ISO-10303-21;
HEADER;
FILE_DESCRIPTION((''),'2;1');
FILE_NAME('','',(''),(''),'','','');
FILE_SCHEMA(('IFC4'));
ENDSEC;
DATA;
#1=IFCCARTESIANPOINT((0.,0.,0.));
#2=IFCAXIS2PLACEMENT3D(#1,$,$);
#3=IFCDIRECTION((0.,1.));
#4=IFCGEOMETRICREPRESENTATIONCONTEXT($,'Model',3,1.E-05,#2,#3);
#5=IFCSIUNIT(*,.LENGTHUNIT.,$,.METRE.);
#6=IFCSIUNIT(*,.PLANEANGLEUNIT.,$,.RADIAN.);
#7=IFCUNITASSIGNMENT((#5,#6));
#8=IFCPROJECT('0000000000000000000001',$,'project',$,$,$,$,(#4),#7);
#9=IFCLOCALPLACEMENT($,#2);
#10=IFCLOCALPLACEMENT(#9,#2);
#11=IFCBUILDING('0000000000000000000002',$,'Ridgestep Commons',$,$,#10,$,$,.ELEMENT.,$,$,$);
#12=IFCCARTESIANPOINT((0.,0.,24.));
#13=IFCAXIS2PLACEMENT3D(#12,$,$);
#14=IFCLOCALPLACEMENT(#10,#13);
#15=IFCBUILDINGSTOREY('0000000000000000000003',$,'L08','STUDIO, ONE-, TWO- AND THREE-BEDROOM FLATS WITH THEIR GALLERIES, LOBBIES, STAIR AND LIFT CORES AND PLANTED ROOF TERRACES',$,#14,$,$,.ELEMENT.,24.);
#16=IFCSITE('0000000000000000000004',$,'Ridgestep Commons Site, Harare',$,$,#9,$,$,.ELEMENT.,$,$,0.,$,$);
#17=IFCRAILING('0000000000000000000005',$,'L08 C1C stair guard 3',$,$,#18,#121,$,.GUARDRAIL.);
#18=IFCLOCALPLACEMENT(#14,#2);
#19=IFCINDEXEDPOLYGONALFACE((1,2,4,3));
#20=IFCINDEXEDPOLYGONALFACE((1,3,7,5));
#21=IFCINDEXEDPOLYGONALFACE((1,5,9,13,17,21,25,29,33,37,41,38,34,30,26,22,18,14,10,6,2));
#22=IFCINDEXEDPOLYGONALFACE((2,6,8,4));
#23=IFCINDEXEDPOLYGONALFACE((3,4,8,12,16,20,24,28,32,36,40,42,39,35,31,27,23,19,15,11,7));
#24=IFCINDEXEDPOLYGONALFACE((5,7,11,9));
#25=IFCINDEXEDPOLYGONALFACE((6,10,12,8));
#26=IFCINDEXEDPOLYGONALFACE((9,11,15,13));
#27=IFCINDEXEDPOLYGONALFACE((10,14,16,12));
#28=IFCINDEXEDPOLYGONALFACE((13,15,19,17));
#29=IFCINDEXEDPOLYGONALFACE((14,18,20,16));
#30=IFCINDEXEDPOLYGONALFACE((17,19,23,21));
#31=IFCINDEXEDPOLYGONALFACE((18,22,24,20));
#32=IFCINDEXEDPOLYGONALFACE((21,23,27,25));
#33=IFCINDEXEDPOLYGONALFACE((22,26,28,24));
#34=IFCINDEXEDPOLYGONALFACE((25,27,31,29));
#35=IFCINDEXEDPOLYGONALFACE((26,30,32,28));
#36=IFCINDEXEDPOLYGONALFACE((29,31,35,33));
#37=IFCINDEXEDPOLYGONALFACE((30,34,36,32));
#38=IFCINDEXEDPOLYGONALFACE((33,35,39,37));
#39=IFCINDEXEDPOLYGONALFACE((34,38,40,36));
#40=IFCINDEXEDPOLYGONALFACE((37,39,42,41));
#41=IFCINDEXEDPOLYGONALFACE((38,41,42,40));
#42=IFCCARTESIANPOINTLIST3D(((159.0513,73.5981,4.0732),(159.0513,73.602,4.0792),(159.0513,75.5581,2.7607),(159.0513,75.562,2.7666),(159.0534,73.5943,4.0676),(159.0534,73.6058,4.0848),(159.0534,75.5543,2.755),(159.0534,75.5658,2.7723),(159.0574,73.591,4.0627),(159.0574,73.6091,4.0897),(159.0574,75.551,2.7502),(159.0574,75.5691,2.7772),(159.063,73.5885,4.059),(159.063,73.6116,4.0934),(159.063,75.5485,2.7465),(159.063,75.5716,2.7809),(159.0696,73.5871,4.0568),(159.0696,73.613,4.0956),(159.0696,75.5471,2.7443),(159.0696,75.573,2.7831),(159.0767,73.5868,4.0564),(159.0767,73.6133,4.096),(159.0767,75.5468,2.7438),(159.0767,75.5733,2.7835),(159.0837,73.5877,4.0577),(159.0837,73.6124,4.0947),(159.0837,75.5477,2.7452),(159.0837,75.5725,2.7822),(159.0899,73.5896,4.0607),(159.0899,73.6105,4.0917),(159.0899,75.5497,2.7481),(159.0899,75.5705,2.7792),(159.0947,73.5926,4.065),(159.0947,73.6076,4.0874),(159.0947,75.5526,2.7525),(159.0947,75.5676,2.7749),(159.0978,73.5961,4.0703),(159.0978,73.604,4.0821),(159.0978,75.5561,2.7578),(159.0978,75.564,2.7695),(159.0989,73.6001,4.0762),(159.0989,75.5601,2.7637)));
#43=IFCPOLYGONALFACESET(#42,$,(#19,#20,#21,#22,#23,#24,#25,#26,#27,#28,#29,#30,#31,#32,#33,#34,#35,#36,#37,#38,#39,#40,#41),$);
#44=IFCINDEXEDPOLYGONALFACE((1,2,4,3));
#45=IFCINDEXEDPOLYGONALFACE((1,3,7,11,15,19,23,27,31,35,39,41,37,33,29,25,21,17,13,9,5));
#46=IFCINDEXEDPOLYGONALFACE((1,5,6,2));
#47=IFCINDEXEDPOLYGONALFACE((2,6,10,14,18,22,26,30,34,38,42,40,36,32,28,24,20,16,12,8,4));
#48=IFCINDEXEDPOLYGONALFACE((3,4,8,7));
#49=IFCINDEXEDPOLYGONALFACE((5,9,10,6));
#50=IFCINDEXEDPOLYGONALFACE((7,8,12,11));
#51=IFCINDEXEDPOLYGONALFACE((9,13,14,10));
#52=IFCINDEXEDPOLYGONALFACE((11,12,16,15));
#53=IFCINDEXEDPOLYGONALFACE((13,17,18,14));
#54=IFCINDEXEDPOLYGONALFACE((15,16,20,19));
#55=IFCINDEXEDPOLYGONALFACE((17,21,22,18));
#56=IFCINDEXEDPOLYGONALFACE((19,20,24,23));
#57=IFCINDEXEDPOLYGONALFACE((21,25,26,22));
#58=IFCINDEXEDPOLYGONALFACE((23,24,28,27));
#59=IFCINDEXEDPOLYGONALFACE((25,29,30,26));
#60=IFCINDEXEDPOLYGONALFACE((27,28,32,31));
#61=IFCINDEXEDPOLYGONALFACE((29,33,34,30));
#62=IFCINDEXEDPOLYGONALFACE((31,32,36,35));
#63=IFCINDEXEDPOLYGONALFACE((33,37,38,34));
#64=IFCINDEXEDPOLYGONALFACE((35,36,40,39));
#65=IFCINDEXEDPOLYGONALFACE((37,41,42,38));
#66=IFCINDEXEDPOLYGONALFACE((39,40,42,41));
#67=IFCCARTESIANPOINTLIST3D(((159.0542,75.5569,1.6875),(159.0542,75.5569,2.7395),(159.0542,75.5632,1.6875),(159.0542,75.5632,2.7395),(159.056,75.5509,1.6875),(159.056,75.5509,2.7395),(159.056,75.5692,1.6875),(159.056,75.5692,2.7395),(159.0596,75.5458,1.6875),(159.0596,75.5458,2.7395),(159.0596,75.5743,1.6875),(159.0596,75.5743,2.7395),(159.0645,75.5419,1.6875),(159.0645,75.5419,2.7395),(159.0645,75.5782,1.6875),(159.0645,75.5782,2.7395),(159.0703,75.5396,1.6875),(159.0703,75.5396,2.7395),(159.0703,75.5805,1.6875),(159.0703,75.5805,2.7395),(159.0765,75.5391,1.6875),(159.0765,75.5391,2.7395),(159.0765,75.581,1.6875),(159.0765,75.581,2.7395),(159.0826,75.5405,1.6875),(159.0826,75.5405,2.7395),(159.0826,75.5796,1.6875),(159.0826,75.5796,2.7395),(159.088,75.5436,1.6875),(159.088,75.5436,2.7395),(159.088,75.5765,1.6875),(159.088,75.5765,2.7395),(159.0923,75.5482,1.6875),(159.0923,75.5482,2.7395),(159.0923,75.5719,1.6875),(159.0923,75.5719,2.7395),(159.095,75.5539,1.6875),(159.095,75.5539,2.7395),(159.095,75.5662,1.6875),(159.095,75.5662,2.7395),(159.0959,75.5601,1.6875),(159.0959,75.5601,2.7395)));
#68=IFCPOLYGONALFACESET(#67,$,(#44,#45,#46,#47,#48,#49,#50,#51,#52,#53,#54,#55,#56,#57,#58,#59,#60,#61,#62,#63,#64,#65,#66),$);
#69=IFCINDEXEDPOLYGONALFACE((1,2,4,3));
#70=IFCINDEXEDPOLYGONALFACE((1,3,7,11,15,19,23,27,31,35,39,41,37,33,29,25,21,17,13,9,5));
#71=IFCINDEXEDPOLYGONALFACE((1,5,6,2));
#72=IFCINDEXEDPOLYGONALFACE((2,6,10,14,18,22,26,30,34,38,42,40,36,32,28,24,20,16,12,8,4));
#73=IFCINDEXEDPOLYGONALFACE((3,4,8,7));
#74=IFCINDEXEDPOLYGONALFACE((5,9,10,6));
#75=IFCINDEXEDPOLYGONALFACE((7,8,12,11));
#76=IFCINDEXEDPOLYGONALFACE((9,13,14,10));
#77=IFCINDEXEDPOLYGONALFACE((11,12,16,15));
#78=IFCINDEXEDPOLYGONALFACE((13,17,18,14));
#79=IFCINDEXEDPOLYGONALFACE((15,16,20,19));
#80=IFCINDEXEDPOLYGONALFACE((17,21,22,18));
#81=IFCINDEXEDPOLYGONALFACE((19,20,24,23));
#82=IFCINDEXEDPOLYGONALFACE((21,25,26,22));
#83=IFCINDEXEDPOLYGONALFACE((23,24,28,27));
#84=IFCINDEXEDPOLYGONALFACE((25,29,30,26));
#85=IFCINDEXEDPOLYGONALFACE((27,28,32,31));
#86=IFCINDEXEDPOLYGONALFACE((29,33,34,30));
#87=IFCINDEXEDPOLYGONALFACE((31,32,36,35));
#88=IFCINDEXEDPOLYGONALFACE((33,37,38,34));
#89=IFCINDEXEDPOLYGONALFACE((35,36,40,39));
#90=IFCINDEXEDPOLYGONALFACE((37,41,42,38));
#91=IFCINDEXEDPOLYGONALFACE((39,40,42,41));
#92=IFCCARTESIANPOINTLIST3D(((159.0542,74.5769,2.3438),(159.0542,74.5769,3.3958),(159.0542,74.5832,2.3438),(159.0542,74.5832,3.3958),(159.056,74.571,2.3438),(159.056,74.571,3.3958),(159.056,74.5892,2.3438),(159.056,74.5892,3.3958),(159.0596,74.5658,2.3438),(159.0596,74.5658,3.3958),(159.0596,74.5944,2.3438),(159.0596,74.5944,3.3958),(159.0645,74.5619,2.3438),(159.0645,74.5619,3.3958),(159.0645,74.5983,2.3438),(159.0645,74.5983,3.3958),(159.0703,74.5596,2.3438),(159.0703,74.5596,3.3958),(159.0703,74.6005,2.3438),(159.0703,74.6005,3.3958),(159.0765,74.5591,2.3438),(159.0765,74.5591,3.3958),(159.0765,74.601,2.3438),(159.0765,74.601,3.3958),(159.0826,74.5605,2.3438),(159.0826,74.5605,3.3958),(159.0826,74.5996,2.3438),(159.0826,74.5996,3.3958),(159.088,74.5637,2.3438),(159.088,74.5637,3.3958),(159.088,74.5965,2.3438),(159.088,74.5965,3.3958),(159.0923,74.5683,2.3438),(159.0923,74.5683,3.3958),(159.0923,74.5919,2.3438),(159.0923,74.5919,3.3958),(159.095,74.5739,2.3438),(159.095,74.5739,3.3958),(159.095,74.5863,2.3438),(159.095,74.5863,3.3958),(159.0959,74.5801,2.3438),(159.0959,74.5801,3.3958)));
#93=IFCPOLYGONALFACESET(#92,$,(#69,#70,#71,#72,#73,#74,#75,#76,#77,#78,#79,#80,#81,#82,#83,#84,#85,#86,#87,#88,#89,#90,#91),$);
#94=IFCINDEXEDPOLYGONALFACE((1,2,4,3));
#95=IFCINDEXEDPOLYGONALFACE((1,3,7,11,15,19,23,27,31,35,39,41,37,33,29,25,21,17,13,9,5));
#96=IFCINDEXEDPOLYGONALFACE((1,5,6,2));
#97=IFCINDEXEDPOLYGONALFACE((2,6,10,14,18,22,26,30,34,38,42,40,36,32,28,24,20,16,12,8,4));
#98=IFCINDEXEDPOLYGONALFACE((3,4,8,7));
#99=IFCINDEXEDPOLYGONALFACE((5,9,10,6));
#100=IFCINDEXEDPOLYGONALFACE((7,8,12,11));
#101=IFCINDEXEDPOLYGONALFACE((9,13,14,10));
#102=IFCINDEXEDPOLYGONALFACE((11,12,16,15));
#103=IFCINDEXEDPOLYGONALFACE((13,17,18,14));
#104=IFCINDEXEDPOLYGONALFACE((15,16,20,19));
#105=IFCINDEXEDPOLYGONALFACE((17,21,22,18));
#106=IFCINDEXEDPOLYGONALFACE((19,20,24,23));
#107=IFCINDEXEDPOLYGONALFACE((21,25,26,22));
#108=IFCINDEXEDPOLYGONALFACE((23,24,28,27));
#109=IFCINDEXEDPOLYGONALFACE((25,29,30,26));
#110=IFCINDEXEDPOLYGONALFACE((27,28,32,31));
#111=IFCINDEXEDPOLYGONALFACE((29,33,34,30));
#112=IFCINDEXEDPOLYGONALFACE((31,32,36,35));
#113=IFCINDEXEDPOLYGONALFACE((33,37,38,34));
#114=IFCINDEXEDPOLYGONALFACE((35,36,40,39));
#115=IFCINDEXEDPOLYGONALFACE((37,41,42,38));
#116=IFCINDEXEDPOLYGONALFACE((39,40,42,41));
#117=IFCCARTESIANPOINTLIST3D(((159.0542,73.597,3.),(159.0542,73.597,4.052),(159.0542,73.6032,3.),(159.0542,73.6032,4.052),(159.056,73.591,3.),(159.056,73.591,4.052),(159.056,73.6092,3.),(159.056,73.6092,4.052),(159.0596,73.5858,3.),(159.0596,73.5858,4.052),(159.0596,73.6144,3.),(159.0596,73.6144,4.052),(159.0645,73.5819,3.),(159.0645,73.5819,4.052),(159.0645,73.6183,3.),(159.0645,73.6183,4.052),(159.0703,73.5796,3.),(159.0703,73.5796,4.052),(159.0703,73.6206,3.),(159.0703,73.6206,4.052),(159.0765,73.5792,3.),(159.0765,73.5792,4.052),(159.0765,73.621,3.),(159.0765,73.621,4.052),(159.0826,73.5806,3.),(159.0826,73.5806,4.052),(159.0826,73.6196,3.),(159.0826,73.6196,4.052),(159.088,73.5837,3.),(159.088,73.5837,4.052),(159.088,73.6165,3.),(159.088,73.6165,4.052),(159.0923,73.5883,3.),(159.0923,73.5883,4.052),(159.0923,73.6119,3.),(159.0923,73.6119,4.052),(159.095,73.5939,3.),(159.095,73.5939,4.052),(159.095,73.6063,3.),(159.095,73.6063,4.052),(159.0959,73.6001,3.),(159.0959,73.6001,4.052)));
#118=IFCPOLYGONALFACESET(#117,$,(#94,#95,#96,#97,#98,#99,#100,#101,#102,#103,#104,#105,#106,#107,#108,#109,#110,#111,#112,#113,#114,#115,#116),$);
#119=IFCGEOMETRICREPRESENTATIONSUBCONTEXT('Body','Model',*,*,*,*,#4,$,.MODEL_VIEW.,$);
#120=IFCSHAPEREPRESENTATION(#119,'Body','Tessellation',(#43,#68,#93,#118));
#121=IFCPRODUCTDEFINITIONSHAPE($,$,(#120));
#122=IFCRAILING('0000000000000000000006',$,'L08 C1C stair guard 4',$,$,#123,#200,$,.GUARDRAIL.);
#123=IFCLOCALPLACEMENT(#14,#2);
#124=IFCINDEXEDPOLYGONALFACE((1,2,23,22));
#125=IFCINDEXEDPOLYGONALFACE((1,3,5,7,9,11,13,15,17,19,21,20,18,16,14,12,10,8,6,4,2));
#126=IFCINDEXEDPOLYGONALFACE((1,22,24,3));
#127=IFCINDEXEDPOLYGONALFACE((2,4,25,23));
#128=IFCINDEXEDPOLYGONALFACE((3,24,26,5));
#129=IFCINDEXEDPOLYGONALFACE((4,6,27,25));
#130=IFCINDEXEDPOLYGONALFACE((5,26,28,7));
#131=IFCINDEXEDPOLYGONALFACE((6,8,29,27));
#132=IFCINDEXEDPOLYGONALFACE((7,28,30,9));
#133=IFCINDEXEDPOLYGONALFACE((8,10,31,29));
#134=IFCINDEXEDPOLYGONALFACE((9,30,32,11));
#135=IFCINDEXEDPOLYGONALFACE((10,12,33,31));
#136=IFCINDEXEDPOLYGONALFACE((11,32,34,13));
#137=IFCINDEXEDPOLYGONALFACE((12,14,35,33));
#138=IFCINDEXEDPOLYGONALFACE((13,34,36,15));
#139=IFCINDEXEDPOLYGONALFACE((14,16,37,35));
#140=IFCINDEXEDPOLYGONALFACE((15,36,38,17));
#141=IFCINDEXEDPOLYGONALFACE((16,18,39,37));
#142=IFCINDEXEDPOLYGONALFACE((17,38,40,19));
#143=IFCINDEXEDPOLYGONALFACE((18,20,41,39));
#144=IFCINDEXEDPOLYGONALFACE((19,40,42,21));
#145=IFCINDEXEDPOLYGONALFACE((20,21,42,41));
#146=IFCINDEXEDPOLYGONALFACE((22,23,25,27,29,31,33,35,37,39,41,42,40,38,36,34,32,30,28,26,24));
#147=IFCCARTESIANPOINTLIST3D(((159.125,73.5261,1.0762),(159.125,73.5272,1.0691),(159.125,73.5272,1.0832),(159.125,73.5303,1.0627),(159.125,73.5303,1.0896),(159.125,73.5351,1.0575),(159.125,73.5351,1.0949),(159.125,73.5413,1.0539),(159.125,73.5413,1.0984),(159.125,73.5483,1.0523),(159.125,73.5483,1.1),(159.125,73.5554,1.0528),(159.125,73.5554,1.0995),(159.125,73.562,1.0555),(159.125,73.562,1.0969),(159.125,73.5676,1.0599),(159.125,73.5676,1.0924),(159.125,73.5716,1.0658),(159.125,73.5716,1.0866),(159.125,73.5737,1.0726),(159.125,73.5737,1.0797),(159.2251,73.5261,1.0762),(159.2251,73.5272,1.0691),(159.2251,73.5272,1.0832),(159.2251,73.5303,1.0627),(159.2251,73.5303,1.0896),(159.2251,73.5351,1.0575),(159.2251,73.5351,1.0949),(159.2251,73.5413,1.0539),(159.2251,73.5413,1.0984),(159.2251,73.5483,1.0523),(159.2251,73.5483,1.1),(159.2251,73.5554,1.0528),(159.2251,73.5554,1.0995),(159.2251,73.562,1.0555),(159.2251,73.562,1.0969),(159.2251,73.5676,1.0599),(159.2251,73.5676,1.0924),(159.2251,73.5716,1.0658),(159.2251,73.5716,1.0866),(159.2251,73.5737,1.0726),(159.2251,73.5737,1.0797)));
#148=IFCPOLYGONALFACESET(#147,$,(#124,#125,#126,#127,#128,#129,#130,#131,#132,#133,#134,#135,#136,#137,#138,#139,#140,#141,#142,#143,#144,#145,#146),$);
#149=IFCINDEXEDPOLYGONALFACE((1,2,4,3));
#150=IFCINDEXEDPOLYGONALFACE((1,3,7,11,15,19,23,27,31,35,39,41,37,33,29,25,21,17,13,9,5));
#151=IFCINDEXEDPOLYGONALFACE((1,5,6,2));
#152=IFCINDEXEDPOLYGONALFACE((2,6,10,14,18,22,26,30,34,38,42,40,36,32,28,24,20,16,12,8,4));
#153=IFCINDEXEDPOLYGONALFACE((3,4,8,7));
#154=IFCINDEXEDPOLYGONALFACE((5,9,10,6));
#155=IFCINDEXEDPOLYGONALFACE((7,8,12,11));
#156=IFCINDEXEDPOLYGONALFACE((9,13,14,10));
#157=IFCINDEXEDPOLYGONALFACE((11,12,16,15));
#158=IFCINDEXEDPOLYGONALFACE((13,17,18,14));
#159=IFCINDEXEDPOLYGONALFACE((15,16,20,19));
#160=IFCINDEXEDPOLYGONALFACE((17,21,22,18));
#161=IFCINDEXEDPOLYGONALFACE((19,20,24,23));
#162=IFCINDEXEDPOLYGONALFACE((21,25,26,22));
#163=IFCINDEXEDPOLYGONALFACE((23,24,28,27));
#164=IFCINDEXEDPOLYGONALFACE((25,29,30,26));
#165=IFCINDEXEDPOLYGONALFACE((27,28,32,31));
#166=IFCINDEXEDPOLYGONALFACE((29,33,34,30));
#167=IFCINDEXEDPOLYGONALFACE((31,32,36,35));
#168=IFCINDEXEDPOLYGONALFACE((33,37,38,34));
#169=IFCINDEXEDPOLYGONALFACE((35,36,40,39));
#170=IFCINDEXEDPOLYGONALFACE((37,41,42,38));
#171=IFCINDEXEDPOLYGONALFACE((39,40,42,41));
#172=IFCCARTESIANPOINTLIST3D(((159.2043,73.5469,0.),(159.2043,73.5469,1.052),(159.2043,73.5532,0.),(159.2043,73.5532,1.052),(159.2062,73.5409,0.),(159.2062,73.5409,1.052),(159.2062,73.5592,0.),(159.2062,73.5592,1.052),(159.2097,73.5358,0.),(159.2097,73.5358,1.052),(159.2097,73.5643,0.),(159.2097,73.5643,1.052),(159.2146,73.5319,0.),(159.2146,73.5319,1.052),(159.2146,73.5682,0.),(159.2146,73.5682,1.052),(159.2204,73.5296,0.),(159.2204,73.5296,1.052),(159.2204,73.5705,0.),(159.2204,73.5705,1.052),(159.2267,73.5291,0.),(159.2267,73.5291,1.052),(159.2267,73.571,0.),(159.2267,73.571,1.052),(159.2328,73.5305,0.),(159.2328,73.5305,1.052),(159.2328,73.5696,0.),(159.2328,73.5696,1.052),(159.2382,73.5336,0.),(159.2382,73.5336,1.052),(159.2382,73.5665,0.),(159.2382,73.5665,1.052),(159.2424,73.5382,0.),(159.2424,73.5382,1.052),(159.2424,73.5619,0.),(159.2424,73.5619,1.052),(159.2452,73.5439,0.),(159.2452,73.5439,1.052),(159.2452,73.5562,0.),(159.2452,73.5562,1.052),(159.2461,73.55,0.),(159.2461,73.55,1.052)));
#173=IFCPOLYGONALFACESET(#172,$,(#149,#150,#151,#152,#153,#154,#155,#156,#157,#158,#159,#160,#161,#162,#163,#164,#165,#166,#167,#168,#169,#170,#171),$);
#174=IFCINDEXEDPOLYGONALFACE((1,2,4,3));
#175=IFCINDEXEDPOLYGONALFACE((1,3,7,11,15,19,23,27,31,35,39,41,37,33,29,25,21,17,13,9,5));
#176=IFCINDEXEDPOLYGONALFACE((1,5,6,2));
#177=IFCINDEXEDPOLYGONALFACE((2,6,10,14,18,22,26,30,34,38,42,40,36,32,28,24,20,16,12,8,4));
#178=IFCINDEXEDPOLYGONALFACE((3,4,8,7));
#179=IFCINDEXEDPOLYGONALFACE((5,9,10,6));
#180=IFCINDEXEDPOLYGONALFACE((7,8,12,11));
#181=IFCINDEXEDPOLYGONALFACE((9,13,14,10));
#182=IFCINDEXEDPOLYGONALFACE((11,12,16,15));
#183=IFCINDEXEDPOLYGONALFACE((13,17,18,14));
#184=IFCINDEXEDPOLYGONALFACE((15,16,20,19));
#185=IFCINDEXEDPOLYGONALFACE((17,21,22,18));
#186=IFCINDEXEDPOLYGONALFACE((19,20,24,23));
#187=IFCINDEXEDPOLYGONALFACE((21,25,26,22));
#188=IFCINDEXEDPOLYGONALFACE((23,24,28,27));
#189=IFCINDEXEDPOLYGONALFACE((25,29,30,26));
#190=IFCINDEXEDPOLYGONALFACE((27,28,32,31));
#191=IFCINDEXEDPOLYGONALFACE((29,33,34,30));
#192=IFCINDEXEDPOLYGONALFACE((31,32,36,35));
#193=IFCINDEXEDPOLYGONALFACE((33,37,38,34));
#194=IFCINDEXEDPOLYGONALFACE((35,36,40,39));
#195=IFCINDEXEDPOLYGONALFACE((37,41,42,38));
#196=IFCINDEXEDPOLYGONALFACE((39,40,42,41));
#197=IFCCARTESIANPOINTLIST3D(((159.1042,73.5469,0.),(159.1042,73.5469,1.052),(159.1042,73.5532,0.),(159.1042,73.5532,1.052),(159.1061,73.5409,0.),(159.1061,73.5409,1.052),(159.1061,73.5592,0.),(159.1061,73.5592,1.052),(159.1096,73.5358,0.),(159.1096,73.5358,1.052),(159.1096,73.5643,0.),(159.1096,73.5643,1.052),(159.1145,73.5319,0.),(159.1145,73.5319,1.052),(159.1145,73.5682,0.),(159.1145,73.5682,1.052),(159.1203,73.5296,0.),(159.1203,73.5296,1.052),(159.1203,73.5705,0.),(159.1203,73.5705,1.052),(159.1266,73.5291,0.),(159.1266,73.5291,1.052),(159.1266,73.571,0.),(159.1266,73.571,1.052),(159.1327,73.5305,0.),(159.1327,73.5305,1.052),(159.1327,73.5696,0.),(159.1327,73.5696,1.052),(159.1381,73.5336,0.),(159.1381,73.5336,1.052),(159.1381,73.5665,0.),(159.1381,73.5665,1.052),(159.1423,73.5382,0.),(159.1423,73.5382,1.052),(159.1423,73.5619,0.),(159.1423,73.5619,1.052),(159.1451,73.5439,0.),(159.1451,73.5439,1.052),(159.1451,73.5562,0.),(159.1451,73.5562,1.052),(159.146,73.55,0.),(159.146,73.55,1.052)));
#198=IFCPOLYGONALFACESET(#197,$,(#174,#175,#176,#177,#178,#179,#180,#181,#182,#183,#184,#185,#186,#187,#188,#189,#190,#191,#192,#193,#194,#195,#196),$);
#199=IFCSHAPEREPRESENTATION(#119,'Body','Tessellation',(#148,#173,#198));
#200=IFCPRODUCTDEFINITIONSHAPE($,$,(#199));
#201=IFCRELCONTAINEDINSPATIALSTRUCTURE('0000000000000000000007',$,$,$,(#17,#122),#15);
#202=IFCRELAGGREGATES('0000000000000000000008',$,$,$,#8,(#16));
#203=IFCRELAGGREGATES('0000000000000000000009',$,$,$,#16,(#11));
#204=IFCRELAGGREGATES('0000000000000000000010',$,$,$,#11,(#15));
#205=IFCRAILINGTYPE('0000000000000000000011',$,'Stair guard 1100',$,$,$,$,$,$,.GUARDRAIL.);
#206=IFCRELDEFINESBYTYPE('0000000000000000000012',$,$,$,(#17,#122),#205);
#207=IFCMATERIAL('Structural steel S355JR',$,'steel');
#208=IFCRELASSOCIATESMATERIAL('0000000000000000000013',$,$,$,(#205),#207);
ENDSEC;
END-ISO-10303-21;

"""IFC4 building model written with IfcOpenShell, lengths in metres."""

from ifc_helpers import new_model, si_unit, direction, frame, origin, origin_2d, place, context, subcontext, project, spatial, circle, extrude, material, type_object, element, save


model = new_model("IFC4")

# Units and contexts
model_context = context("Model", 3, precision=1e-05, world=origin(), true_north=direction((0.0, 1.0)))
body_context = subcontext(model_context, "Body", "Model", "MODEL_VIEW")
ifc_project = project(units=[si_unit("LENGTHUNIT", "METRE"), si_unit("PLANEANGLEUNIT", "RADIAN")], contexts=[model_context])

# Site, building, storey
site_placement = place(None, origin())
site = spatial("IfcSite", under=ifc_project, at=site_placement, Name="Ridgestep Commons Site, Harare", CompositionType="ELEMENT", RefElevation=0.0)
building_placement = place(site_placement, origin())
building = spatial("IfcBuilding", under=site, at=building_placement, Name="Ridgestep Commons", CompositionType="ELEMENT")
storey_placement = place(building_placement, frame((0.0, 0.0, 24.0)))
storey = spatial("IfcBuildingStorey", under=building, at=storey_placement, Name="L08", Description="STUDIO, ONE-, TWO- AND THREE-BEDROOM FLATS WITH THEIR GALLERIES, LOBBIES, STAIR AND LIFT CORES AND PLANTED ROOF TERRACES", CompositionType="ELEMENT", Elevation=24.0)

# Railings
ifc_material_1 = material(Name="Structural steel S355JR", Category="steel")
railing_type_1 = type_object("IfcRailingType", Name="Stair guard 1100", PredefinedType="GUARDRAIL", material=ifc_material_1)
railing_1_placement = place(storey_placement, frame((159.075, 75.5601, 1.6875)))
element("IfcRailing", 1, at=railing_1_placement, inside=storey, type_object=railing_type_1, Name="L08 C1C stair guard 3", PredefinedType="GUARDRAIL", context=body_context, shape_type="SweptSolid", body=[
    extrude(circle(Radius=0.0239, at=origin_2d()), frame((0.0, 0.0, 1.0762), z_axis=(0.0, -0.830902, 0.556419), x_axis=(1.0, 0.0, 0.0)), (0.0, 0.0, 1.0), 2.3589),
    extrude(circle(Radius=0.021, at=origin_2d()), origin(), (0.0, 0.0, 1.0), 1.052),
    extrude(circle(Radius=0.021, at=origin_2d()), frame((0.0, -0.98, 0.6562)), (0.0, 0.0, 1.0), 1.052),
    extrude(circle(Radius=0.021, at=origin_2d()), frame((0.0, -1.96, 1.3125)), (0.0, 0.0, 1.0), 1.052),
])
railing_2_placement = place(storey_placement, frame((159.2251, 73.55, 0.0)))
element("IfcRailing", 2, at=railing_2_placement, inside=storey, type_object=railing_type_1, Name="L08 C1C stair guard 4", PredefinedType="GUARDRAIL", context=body_context, shape_type="SweptSolid", body=[
    extrude(circle(Radius=0.0239, at=origin_2d()), frame((0.0, 0.0, 1.0762), z_axis=(-1.0, 0.0, 0.0), x_axis=(0.0, -1.0, 0.0)), (0.0, 0.0, 1.0), 0.1001),
    extrude(circle(Radius=0.021, at=origin_2d()), origin(), (0.0, 0.0, 1.0), 1.052),
    extrude(circle(Radius=0.021, at=origin_2d()), frame((-0.1001, 0.0, 0.0)), (0.0, 0.0, 1.0), 1.052),
])

save(model, "model.ifc")
